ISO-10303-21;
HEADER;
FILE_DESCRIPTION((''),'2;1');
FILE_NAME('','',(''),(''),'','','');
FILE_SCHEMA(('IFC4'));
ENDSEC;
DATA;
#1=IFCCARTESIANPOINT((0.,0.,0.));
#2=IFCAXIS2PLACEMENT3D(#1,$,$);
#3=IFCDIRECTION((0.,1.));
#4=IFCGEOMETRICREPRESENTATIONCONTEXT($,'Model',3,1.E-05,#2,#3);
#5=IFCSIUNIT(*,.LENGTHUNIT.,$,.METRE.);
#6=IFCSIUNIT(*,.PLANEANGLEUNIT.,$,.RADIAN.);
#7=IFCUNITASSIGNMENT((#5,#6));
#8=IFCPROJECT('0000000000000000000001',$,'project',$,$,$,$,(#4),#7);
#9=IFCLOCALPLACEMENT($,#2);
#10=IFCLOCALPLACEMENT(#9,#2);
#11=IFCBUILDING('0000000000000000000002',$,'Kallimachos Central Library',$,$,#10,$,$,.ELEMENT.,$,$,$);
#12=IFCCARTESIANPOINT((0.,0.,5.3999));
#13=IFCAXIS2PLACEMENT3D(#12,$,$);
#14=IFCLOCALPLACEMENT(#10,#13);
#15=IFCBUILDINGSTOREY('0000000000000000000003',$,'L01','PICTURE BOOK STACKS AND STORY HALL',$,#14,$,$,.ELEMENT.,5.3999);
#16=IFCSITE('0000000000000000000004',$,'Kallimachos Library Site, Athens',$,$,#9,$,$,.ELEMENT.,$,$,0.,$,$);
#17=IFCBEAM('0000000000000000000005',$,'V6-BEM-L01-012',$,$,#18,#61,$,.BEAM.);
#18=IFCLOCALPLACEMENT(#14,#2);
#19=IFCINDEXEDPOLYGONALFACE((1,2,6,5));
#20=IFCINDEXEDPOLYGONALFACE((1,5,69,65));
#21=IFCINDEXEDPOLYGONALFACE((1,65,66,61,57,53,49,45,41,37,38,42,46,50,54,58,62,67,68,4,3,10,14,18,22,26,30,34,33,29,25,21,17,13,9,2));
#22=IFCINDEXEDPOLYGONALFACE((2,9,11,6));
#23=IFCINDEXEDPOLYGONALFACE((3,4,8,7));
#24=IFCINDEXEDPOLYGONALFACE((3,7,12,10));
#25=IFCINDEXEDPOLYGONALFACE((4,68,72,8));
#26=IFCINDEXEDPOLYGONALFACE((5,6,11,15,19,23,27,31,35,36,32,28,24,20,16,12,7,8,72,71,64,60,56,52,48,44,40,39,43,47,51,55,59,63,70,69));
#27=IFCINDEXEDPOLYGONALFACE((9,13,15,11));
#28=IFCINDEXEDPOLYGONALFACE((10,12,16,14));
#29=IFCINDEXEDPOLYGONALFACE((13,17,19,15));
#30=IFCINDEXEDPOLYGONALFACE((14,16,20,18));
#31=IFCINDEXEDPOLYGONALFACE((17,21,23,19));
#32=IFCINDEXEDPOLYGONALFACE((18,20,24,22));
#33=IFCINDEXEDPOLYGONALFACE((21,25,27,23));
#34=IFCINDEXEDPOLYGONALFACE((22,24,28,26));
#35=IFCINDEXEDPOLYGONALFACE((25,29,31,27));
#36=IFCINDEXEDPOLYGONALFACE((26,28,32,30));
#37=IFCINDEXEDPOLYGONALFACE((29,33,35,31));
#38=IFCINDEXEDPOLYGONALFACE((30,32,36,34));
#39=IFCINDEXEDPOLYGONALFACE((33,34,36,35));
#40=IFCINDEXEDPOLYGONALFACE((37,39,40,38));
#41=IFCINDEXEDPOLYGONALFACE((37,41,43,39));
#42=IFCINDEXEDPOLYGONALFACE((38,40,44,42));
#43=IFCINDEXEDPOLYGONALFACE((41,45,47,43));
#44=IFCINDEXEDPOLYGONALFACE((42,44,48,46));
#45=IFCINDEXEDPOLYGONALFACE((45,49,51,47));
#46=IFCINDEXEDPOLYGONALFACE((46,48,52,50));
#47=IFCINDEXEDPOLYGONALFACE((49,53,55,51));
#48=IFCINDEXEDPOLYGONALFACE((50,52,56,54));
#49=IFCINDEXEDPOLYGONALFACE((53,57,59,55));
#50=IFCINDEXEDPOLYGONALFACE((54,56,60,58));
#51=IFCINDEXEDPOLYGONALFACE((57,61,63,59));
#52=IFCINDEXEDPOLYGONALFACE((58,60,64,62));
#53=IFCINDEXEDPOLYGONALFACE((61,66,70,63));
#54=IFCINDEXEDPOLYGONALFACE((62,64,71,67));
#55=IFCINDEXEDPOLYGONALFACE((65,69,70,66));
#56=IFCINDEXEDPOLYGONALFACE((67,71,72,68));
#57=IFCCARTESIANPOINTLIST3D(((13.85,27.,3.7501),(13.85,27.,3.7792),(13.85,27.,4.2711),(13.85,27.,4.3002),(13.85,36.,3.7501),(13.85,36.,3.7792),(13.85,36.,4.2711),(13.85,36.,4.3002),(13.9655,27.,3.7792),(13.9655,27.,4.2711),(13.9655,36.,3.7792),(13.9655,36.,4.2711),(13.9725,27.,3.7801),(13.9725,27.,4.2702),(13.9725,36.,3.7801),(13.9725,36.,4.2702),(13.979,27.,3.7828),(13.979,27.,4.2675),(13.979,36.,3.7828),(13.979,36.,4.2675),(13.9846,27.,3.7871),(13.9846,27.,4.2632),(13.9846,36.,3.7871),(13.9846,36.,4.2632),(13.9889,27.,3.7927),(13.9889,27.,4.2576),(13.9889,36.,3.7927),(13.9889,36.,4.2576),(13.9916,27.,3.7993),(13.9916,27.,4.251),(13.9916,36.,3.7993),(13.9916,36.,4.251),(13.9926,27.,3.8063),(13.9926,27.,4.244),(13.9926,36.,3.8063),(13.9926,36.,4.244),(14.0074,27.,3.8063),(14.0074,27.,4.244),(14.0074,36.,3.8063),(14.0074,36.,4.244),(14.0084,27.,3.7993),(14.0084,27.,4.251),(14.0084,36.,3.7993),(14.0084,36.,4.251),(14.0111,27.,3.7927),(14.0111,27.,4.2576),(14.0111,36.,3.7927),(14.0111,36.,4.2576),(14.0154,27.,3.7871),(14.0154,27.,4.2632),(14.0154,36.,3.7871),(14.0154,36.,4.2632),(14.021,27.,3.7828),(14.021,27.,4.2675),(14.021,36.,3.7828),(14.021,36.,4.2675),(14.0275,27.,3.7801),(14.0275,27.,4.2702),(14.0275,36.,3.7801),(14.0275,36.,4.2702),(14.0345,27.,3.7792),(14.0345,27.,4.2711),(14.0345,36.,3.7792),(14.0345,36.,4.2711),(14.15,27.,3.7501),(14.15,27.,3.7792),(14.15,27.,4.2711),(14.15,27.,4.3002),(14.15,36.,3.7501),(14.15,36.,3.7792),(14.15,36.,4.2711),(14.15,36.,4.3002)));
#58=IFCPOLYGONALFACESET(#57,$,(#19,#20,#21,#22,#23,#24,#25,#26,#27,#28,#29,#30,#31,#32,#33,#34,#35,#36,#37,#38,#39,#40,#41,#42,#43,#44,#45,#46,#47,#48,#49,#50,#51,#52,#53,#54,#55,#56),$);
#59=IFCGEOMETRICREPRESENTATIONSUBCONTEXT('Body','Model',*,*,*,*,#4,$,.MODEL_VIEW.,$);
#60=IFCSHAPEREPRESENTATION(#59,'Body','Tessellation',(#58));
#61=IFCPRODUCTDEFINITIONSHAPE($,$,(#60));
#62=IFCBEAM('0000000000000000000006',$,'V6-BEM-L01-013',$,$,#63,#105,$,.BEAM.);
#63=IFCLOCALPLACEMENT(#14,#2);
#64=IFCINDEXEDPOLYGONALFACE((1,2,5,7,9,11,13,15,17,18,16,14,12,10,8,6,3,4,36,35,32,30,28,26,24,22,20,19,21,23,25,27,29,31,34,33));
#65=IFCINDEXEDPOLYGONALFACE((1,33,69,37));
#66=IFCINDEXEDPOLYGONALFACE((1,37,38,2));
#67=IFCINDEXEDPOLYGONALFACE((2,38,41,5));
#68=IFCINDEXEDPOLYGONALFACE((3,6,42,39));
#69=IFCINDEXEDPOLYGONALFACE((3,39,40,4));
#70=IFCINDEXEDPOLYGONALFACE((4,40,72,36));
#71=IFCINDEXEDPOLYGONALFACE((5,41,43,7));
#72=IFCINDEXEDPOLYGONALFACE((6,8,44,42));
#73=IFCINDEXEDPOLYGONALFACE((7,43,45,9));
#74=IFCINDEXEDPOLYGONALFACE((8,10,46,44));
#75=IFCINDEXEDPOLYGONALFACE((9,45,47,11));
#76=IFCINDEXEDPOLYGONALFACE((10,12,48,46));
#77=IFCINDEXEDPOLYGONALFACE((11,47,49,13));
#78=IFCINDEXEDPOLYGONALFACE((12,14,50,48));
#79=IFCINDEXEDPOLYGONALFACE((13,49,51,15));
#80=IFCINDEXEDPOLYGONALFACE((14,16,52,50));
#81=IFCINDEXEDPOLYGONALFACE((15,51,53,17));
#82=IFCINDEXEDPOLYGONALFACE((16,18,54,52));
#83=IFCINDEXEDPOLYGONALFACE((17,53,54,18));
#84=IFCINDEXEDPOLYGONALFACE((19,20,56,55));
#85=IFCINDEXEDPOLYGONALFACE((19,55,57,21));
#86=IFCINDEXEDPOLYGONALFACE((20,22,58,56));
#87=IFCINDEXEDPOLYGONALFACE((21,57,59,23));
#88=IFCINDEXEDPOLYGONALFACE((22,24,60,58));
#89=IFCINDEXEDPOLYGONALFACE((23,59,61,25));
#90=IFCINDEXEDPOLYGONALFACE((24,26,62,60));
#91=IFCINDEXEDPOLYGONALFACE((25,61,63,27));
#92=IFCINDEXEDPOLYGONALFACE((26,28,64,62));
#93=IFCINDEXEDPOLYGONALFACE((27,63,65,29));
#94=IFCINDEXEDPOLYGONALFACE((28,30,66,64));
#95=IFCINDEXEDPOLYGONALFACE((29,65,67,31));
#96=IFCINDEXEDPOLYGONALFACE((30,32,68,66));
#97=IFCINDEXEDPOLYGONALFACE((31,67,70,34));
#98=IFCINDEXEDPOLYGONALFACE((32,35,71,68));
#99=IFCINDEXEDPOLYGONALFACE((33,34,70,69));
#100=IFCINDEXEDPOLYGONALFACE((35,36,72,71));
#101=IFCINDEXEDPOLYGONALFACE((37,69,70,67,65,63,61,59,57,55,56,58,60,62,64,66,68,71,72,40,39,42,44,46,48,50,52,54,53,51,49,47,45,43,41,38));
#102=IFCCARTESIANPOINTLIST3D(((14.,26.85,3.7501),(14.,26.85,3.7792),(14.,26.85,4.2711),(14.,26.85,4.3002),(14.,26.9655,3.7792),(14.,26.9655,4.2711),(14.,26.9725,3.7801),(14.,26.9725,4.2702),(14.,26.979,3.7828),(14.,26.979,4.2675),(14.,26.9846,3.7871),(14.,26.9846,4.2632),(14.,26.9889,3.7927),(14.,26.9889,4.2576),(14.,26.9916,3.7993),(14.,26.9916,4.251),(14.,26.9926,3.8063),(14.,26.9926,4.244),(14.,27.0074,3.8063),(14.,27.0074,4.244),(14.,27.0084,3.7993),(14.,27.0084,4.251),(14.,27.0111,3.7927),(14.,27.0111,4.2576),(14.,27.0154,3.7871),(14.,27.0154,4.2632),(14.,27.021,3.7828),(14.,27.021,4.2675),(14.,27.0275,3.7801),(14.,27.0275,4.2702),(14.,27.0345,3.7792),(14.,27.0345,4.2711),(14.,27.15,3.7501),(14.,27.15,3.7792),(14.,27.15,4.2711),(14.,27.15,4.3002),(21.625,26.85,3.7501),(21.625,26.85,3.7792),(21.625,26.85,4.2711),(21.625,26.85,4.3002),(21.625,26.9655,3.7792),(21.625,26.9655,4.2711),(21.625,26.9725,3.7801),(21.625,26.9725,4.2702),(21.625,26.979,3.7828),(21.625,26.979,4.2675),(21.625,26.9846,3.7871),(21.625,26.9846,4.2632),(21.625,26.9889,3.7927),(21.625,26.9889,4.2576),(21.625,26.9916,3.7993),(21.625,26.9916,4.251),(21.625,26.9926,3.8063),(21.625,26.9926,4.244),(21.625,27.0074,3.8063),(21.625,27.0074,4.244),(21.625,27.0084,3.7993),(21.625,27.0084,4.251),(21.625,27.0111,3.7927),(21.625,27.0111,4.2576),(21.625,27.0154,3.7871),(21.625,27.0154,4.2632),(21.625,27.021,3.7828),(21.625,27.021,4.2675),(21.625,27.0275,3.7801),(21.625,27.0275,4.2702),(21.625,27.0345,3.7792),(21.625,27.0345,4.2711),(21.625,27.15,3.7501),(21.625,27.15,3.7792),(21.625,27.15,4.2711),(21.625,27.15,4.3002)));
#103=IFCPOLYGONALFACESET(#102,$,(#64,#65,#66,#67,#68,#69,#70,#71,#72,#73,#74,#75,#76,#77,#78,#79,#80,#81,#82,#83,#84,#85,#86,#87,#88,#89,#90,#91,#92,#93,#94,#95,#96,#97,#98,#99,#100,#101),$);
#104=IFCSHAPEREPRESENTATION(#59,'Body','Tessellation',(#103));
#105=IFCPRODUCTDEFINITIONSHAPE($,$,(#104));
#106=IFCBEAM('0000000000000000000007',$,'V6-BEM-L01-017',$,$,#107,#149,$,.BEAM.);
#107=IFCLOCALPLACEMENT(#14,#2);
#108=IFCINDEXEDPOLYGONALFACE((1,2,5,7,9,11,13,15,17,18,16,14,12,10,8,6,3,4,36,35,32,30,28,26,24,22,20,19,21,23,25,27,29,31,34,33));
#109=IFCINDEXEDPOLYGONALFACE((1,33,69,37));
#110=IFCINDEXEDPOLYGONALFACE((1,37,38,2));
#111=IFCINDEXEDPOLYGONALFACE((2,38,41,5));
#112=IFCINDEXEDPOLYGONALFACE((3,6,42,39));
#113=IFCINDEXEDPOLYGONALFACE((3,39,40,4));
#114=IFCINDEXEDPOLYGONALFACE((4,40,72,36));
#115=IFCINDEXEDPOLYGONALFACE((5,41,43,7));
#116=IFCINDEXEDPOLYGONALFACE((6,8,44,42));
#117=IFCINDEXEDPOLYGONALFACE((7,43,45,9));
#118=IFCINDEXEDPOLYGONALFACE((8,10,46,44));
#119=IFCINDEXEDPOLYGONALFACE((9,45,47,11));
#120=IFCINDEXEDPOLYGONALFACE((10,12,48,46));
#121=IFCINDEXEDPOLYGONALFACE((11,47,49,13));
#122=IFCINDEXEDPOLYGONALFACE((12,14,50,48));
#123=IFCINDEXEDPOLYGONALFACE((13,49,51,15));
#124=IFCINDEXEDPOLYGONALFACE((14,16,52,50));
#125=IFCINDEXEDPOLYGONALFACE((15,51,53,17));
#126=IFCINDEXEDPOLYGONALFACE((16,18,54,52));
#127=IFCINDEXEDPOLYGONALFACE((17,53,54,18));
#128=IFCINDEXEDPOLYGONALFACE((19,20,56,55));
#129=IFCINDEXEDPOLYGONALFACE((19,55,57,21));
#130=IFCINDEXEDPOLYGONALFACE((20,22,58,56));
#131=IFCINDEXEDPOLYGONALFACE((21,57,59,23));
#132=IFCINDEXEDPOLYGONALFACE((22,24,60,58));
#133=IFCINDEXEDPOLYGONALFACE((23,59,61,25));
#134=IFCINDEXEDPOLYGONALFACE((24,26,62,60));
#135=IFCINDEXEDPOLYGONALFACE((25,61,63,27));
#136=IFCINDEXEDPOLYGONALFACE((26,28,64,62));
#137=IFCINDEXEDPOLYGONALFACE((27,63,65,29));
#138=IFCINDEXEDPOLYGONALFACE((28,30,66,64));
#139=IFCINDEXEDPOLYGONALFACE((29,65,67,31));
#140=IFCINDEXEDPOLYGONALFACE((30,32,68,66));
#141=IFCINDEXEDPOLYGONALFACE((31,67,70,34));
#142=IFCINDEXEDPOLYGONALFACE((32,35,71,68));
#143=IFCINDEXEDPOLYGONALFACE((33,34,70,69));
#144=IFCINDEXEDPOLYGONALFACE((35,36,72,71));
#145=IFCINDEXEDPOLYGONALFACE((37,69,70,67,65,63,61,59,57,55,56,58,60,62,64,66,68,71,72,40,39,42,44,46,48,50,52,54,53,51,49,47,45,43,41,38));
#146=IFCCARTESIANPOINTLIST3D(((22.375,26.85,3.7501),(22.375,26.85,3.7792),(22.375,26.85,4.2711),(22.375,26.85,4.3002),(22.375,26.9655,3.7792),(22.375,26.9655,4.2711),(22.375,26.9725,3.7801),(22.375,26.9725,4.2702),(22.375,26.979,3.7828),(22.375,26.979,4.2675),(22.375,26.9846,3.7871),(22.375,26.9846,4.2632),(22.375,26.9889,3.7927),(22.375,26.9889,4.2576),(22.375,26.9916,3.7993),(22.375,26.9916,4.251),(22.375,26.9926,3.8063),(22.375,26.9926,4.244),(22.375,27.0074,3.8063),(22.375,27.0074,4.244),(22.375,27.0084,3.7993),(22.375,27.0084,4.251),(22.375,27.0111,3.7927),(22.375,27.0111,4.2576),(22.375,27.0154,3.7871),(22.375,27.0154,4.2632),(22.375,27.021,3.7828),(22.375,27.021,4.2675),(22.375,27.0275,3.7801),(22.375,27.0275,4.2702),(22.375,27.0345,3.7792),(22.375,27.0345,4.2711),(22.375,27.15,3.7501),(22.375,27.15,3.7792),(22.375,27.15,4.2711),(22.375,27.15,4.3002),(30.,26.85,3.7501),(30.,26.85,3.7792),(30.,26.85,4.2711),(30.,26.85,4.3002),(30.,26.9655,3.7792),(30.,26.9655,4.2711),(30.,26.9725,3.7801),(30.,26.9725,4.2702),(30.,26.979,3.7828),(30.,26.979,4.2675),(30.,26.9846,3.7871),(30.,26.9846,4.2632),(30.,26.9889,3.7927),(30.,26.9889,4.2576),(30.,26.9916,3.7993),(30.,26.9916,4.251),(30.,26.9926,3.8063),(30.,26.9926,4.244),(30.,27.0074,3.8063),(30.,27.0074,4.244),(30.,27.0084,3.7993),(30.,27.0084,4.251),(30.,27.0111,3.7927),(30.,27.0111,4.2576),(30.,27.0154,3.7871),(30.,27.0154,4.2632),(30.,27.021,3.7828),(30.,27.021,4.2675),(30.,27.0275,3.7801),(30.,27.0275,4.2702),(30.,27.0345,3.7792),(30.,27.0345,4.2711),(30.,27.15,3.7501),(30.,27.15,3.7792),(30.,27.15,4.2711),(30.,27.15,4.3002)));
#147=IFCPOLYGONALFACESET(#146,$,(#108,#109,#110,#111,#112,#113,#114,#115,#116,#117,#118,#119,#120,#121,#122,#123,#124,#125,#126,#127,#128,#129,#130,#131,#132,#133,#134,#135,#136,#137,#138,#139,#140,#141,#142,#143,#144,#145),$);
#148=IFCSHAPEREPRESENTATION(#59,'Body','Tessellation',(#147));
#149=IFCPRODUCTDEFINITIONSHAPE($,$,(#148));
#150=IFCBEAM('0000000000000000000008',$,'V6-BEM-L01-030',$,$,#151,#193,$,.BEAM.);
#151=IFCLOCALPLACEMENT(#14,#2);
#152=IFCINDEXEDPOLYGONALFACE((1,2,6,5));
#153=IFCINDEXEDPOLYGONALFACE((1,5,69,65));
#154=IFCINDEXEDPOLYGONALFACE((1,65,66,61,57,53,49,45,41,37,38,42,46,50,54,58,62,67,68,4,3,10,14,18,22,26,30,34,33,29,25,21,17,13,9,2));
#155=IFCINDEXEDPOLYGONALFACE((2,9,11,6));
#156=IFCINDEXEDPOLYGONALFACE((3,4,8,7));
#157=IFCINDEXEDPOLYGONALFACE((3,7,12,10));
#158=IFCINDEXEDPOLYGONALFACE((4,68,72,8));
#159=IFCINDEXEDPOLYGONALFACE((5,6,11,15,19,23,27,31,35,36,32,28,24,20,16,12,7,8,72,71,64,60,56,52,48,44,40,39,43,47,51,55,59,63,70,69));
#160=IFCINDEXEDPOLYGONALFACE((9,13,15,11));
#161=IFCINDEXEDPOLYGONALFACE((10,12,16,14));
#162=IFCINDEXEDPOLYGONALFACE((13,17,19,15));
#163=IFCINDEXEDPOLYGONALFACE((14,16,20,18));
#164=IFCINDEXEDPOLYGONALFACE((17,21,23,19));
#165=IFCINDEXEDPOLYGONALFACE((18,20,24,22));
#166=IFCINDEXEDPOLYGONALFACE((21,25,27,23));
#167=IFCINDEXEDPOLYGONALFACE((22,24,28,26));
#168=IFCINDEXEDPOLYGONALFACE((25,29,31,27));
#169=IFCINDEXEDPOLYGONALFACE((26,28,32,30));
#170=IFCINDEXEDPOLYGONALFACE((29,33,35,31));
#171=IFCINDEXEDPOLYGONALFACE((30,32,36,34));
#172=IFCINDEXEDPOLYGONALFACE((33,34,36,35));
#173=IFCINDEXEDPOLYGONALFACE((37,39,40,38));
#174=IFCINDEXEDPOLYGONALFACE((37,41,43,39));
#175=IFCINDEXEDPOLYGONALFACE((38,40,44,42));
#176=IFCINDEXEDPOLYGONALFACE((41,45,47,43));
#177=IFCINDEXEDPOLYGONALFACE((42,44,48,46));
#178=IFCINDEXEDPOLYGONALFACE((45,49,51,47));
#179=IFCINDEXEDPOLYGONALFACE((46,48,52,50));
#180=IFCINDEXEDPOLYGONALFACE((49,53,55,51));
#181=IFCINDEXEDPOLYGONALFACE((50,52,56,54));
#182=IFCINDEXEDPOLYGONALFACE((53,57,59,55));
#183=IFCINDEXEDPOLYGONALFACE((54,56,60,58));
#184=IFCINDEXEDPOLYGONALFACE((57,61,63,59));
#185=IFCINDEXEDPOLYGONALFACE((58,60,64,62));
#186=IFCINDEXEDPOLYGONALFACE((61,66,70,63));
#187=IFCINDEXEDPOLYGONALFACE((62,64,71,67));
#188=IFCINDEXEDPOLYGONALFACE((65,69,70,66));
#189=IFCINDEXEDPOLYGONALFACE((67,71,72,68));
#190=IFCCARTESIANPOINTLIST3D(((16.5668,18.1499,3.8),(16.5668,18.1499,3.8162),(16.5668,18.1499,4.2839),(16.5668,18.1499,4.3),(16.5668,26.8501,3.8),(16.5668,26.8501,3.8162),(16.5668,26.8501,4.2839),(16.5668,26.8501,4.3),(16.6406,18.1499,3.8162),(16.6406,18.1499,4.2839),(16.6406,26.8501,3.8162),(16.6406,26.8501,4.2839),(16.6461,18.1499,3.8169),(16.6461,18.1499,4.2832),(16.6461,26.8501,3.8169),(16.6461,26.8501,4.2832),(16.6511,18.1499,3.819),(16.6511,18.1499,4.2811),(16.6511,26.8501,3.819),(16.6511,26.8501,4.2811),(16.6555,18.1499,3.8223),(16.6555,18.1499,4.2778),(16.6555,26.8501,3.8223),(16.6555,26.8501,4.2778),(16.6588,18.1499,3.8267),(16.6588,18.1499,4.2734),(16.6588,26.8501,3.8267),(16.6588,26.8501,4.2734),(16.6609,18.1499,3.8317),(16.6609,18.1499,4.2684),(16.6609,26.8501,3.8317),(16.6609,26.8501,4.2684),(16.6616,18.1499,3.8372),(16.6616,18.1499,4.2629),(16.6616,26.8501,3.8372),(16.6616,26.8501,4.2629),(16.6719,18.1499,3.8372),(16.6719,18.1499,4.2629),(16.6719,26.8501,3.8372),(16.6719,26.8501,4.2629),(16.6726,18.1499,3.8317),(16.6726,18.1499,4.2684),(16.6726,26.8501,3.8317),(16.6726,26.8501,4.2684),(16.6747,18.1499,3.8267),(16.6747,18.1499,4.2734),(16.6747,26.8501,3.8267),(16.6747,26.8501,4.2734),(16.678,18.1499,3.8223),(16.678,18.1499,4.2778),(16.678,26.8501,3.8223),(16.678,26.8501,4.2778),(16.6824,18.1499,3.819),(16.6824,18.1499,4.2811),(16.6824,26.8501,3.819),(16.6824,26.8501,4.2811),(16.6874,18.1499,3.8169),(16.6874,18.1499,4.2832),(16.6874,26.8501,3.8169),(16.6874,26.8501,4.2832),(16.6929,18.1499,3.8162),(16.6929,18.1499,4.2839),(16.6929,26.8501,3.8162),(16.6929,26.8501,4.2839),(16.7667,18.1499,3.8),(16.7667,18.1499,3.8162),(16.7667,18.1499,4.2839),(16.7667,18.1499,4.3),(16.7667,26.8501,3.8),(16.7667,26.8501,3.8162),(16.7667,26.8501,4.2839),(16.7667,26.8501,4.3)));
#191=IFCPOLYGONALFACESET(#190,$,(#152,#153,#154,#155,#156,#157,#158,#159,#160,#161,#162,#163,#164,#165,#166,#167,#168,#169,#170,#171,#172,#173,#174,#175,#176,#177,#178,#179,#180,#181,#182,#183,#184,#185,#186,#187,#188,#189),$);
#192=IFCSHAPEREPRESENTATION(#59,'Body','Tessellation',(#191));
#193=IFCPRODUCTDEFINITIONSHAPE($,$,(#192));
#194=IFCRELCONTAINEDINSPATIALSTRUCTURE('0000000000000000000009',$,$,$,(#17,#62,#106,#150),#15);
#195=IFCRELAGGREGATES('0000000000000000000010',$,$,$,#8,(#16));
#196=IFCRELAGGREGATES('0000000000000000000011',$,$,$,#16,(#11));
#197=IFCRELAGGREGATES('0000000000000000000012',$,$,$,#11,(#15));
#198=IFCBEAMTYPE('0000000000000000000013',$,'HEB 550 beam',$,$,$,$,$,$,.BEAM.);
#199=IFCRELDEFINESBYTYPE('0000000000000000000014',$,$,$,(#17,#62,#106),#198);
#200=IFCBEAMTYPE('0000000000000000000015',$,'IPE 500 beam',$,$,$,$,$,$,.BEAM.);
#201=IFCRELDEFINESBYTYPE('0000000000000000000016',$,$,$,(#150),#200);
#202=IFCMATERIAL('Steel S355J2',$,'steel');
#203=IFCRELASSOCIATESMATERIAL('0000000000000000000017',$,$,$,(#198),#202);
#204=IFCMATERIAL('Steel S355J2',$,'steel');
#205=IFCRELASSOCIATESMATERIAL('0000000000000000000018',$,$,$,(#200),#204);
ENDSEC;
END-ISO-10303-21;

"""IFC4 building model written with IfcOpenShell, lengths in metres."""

from ifc_helpers import new_model, si_unit, direction, frame, origin, origin_2d, place, context, subcontext, project, spatial, i_section, extrude, material, material_profile, profile_set, type_object, element, save


model = new_model("IFC4")

# Units and contexts
model_context = context("Model", 3, precision=1e-05, world=origin(), true_north=direction((0.0, 1.0)))
body_context = subcontext(model_context, "Body", "Model", "MODEL_VIEW")
ifc_project = project(units=[si_unit("LENGTHUNIT", "METRE"), si_unit("PLANEANGLEUNIT", "RADIAN")], contexts=[model_context])

# Site, building, storey
site_placement = place(None, origin())
site = spatial("IfcSite", under=ifc_project, at=site_placement, Name="Kallimachos Library Site, Athens", CompositionType="ELEMENT", RefElevation=0.0)
building_placement = place(site_placement, origin())
building = spatial("IfcBuilding", under=site, at=building_placement, Name="Kallimachos Central Library", CompositionType="ELEMENT")
storey_placement = place(building_placement, frame((0.0, 0.0, 5.3999)))
storey = spatial("IfcBuildingStorey", under=building, at=storey_placement, Name="L01", Description="PICTURE BOOK STACKS AND STORY HALL", CompositionType="ELEMENT", Elevation=5.3999)

# Beams
ifc_material_1 = material(Name="Steel S355J2", Category="steel")
ifc_material_profile_1 = material_profile(ifc_material_1, i_section(OverallWidth=0.3, OverallDepth=0.55, WebThickness=0.0149, FlangeThickness=0.0291, FilletRadius=0.0271, at=origin_2d()), Name="HEB 550")
ifc_profile_set_1 = profile_set([ifc_material_profile_1], Name="Steel S355J2")
beam_type_1 = type_object("IfcBeamType", Name="HEB 550 beam", PredefinedType="BEAM", material=ifc_profile_set_1)
beam_1_placement = place(storey_placement, frame((14.0, 27.0, 4.0251), z_axis=(0.0, 1.0, 0.0), x_axis=(-1.0, 0.0, 0.0)))
element("IfcBeam", 1, at=beam_1_placement, inside=storey, type_object=beam_type_1, Name="V6-BEM-L01-012", PredefinedType="BEAM", context=body_context, shape_type="SweptSolid", body=[
    extrude(i_section(OverallWidth=0.3, OverallDepth=0.55, WebThickness=0.0149, FlangeThickness=0.0291, FilletRadius=0.0271, at=origin_2d()), origin(), (0.0, 0.0, 1.0), 9.0),
])
for number, where, z_axis, x_axis, name in (
    (2, (14.0, 27.0, 4.0251), (1.0, 0.0, 0.0), (0.0, 1.0, 0.0), "V6-BEM-L01-013"),
    (3, (22.375, 27.0, 4.0251), (1.0, 0.0, 0.0), (0.0, 1.0, 0.0), "V6-BEM-L01-017"),
):
    element("IfcBeam", number, at=place(storey_placement, frame(where, z_axis=z_axis, x_axis=x_axis)), inside=storey, type_object=beam_type_1, Name=name, PredefinedType="BEAM", context=body_context, shape_type="SweptSolid", body=[
        extrude(i_section(OverallWidth=0.3, OverallDepth=0.55, WebThickness=0.0149, FlangeThickness=0.0291, FilletRadius=0.0271, at=origin_2d()), origin(), (0.0, 0.0, 1.0), 7.625),
    ])
ifc_material_2 = material(Name="Steel S355J2", Category="steel")
ifc_material_profile_2 = material_profile(ifc_material_2, i_section(OverallWidth=0.2, OverallDepth=0.5, WebThickness=0.0103, FlangeThickness=0.0161, FilletRadius=0.021, at=origin_2d()), Name="IPE 500")
ifc_profile_set_2 = profile_set([ifc_material_profile_2], Name="Steel S355J2")
beam_type_2 = type_object("IfcBeamType", Name="IPE 500 beam", PredefinedType="BEAM", material=ifc_profile_set_2)
for number, where, z_axis, x_axis, name in (
    (4, (16.6667, 18.1499, 4.05), (0.0, 1.0, 0.0), (-1.0, 0.0, 0.0), "V6-BEM-L01-030"),
):
    element("IfcBeam", number, at=place(storey_placement, frame(where, z_axis=z_axis, x_axis=x_axis)), inside=storey, type_object=beam_type_2, Name=name, PredefinedType="BEAM", context=body_context, shape_type="SweptSolid", body=[
        extrude(i_section(OverallWidth=0.2, OverallDepth=0.5, WebThickness=0.0103, FlangeThickness=0.0161, FilletRadius=0.021, at=origin_2d()), origin(), (0.0, 0.0, 1.0), 8.7002),
    ])

save(model, "model.ifc")
